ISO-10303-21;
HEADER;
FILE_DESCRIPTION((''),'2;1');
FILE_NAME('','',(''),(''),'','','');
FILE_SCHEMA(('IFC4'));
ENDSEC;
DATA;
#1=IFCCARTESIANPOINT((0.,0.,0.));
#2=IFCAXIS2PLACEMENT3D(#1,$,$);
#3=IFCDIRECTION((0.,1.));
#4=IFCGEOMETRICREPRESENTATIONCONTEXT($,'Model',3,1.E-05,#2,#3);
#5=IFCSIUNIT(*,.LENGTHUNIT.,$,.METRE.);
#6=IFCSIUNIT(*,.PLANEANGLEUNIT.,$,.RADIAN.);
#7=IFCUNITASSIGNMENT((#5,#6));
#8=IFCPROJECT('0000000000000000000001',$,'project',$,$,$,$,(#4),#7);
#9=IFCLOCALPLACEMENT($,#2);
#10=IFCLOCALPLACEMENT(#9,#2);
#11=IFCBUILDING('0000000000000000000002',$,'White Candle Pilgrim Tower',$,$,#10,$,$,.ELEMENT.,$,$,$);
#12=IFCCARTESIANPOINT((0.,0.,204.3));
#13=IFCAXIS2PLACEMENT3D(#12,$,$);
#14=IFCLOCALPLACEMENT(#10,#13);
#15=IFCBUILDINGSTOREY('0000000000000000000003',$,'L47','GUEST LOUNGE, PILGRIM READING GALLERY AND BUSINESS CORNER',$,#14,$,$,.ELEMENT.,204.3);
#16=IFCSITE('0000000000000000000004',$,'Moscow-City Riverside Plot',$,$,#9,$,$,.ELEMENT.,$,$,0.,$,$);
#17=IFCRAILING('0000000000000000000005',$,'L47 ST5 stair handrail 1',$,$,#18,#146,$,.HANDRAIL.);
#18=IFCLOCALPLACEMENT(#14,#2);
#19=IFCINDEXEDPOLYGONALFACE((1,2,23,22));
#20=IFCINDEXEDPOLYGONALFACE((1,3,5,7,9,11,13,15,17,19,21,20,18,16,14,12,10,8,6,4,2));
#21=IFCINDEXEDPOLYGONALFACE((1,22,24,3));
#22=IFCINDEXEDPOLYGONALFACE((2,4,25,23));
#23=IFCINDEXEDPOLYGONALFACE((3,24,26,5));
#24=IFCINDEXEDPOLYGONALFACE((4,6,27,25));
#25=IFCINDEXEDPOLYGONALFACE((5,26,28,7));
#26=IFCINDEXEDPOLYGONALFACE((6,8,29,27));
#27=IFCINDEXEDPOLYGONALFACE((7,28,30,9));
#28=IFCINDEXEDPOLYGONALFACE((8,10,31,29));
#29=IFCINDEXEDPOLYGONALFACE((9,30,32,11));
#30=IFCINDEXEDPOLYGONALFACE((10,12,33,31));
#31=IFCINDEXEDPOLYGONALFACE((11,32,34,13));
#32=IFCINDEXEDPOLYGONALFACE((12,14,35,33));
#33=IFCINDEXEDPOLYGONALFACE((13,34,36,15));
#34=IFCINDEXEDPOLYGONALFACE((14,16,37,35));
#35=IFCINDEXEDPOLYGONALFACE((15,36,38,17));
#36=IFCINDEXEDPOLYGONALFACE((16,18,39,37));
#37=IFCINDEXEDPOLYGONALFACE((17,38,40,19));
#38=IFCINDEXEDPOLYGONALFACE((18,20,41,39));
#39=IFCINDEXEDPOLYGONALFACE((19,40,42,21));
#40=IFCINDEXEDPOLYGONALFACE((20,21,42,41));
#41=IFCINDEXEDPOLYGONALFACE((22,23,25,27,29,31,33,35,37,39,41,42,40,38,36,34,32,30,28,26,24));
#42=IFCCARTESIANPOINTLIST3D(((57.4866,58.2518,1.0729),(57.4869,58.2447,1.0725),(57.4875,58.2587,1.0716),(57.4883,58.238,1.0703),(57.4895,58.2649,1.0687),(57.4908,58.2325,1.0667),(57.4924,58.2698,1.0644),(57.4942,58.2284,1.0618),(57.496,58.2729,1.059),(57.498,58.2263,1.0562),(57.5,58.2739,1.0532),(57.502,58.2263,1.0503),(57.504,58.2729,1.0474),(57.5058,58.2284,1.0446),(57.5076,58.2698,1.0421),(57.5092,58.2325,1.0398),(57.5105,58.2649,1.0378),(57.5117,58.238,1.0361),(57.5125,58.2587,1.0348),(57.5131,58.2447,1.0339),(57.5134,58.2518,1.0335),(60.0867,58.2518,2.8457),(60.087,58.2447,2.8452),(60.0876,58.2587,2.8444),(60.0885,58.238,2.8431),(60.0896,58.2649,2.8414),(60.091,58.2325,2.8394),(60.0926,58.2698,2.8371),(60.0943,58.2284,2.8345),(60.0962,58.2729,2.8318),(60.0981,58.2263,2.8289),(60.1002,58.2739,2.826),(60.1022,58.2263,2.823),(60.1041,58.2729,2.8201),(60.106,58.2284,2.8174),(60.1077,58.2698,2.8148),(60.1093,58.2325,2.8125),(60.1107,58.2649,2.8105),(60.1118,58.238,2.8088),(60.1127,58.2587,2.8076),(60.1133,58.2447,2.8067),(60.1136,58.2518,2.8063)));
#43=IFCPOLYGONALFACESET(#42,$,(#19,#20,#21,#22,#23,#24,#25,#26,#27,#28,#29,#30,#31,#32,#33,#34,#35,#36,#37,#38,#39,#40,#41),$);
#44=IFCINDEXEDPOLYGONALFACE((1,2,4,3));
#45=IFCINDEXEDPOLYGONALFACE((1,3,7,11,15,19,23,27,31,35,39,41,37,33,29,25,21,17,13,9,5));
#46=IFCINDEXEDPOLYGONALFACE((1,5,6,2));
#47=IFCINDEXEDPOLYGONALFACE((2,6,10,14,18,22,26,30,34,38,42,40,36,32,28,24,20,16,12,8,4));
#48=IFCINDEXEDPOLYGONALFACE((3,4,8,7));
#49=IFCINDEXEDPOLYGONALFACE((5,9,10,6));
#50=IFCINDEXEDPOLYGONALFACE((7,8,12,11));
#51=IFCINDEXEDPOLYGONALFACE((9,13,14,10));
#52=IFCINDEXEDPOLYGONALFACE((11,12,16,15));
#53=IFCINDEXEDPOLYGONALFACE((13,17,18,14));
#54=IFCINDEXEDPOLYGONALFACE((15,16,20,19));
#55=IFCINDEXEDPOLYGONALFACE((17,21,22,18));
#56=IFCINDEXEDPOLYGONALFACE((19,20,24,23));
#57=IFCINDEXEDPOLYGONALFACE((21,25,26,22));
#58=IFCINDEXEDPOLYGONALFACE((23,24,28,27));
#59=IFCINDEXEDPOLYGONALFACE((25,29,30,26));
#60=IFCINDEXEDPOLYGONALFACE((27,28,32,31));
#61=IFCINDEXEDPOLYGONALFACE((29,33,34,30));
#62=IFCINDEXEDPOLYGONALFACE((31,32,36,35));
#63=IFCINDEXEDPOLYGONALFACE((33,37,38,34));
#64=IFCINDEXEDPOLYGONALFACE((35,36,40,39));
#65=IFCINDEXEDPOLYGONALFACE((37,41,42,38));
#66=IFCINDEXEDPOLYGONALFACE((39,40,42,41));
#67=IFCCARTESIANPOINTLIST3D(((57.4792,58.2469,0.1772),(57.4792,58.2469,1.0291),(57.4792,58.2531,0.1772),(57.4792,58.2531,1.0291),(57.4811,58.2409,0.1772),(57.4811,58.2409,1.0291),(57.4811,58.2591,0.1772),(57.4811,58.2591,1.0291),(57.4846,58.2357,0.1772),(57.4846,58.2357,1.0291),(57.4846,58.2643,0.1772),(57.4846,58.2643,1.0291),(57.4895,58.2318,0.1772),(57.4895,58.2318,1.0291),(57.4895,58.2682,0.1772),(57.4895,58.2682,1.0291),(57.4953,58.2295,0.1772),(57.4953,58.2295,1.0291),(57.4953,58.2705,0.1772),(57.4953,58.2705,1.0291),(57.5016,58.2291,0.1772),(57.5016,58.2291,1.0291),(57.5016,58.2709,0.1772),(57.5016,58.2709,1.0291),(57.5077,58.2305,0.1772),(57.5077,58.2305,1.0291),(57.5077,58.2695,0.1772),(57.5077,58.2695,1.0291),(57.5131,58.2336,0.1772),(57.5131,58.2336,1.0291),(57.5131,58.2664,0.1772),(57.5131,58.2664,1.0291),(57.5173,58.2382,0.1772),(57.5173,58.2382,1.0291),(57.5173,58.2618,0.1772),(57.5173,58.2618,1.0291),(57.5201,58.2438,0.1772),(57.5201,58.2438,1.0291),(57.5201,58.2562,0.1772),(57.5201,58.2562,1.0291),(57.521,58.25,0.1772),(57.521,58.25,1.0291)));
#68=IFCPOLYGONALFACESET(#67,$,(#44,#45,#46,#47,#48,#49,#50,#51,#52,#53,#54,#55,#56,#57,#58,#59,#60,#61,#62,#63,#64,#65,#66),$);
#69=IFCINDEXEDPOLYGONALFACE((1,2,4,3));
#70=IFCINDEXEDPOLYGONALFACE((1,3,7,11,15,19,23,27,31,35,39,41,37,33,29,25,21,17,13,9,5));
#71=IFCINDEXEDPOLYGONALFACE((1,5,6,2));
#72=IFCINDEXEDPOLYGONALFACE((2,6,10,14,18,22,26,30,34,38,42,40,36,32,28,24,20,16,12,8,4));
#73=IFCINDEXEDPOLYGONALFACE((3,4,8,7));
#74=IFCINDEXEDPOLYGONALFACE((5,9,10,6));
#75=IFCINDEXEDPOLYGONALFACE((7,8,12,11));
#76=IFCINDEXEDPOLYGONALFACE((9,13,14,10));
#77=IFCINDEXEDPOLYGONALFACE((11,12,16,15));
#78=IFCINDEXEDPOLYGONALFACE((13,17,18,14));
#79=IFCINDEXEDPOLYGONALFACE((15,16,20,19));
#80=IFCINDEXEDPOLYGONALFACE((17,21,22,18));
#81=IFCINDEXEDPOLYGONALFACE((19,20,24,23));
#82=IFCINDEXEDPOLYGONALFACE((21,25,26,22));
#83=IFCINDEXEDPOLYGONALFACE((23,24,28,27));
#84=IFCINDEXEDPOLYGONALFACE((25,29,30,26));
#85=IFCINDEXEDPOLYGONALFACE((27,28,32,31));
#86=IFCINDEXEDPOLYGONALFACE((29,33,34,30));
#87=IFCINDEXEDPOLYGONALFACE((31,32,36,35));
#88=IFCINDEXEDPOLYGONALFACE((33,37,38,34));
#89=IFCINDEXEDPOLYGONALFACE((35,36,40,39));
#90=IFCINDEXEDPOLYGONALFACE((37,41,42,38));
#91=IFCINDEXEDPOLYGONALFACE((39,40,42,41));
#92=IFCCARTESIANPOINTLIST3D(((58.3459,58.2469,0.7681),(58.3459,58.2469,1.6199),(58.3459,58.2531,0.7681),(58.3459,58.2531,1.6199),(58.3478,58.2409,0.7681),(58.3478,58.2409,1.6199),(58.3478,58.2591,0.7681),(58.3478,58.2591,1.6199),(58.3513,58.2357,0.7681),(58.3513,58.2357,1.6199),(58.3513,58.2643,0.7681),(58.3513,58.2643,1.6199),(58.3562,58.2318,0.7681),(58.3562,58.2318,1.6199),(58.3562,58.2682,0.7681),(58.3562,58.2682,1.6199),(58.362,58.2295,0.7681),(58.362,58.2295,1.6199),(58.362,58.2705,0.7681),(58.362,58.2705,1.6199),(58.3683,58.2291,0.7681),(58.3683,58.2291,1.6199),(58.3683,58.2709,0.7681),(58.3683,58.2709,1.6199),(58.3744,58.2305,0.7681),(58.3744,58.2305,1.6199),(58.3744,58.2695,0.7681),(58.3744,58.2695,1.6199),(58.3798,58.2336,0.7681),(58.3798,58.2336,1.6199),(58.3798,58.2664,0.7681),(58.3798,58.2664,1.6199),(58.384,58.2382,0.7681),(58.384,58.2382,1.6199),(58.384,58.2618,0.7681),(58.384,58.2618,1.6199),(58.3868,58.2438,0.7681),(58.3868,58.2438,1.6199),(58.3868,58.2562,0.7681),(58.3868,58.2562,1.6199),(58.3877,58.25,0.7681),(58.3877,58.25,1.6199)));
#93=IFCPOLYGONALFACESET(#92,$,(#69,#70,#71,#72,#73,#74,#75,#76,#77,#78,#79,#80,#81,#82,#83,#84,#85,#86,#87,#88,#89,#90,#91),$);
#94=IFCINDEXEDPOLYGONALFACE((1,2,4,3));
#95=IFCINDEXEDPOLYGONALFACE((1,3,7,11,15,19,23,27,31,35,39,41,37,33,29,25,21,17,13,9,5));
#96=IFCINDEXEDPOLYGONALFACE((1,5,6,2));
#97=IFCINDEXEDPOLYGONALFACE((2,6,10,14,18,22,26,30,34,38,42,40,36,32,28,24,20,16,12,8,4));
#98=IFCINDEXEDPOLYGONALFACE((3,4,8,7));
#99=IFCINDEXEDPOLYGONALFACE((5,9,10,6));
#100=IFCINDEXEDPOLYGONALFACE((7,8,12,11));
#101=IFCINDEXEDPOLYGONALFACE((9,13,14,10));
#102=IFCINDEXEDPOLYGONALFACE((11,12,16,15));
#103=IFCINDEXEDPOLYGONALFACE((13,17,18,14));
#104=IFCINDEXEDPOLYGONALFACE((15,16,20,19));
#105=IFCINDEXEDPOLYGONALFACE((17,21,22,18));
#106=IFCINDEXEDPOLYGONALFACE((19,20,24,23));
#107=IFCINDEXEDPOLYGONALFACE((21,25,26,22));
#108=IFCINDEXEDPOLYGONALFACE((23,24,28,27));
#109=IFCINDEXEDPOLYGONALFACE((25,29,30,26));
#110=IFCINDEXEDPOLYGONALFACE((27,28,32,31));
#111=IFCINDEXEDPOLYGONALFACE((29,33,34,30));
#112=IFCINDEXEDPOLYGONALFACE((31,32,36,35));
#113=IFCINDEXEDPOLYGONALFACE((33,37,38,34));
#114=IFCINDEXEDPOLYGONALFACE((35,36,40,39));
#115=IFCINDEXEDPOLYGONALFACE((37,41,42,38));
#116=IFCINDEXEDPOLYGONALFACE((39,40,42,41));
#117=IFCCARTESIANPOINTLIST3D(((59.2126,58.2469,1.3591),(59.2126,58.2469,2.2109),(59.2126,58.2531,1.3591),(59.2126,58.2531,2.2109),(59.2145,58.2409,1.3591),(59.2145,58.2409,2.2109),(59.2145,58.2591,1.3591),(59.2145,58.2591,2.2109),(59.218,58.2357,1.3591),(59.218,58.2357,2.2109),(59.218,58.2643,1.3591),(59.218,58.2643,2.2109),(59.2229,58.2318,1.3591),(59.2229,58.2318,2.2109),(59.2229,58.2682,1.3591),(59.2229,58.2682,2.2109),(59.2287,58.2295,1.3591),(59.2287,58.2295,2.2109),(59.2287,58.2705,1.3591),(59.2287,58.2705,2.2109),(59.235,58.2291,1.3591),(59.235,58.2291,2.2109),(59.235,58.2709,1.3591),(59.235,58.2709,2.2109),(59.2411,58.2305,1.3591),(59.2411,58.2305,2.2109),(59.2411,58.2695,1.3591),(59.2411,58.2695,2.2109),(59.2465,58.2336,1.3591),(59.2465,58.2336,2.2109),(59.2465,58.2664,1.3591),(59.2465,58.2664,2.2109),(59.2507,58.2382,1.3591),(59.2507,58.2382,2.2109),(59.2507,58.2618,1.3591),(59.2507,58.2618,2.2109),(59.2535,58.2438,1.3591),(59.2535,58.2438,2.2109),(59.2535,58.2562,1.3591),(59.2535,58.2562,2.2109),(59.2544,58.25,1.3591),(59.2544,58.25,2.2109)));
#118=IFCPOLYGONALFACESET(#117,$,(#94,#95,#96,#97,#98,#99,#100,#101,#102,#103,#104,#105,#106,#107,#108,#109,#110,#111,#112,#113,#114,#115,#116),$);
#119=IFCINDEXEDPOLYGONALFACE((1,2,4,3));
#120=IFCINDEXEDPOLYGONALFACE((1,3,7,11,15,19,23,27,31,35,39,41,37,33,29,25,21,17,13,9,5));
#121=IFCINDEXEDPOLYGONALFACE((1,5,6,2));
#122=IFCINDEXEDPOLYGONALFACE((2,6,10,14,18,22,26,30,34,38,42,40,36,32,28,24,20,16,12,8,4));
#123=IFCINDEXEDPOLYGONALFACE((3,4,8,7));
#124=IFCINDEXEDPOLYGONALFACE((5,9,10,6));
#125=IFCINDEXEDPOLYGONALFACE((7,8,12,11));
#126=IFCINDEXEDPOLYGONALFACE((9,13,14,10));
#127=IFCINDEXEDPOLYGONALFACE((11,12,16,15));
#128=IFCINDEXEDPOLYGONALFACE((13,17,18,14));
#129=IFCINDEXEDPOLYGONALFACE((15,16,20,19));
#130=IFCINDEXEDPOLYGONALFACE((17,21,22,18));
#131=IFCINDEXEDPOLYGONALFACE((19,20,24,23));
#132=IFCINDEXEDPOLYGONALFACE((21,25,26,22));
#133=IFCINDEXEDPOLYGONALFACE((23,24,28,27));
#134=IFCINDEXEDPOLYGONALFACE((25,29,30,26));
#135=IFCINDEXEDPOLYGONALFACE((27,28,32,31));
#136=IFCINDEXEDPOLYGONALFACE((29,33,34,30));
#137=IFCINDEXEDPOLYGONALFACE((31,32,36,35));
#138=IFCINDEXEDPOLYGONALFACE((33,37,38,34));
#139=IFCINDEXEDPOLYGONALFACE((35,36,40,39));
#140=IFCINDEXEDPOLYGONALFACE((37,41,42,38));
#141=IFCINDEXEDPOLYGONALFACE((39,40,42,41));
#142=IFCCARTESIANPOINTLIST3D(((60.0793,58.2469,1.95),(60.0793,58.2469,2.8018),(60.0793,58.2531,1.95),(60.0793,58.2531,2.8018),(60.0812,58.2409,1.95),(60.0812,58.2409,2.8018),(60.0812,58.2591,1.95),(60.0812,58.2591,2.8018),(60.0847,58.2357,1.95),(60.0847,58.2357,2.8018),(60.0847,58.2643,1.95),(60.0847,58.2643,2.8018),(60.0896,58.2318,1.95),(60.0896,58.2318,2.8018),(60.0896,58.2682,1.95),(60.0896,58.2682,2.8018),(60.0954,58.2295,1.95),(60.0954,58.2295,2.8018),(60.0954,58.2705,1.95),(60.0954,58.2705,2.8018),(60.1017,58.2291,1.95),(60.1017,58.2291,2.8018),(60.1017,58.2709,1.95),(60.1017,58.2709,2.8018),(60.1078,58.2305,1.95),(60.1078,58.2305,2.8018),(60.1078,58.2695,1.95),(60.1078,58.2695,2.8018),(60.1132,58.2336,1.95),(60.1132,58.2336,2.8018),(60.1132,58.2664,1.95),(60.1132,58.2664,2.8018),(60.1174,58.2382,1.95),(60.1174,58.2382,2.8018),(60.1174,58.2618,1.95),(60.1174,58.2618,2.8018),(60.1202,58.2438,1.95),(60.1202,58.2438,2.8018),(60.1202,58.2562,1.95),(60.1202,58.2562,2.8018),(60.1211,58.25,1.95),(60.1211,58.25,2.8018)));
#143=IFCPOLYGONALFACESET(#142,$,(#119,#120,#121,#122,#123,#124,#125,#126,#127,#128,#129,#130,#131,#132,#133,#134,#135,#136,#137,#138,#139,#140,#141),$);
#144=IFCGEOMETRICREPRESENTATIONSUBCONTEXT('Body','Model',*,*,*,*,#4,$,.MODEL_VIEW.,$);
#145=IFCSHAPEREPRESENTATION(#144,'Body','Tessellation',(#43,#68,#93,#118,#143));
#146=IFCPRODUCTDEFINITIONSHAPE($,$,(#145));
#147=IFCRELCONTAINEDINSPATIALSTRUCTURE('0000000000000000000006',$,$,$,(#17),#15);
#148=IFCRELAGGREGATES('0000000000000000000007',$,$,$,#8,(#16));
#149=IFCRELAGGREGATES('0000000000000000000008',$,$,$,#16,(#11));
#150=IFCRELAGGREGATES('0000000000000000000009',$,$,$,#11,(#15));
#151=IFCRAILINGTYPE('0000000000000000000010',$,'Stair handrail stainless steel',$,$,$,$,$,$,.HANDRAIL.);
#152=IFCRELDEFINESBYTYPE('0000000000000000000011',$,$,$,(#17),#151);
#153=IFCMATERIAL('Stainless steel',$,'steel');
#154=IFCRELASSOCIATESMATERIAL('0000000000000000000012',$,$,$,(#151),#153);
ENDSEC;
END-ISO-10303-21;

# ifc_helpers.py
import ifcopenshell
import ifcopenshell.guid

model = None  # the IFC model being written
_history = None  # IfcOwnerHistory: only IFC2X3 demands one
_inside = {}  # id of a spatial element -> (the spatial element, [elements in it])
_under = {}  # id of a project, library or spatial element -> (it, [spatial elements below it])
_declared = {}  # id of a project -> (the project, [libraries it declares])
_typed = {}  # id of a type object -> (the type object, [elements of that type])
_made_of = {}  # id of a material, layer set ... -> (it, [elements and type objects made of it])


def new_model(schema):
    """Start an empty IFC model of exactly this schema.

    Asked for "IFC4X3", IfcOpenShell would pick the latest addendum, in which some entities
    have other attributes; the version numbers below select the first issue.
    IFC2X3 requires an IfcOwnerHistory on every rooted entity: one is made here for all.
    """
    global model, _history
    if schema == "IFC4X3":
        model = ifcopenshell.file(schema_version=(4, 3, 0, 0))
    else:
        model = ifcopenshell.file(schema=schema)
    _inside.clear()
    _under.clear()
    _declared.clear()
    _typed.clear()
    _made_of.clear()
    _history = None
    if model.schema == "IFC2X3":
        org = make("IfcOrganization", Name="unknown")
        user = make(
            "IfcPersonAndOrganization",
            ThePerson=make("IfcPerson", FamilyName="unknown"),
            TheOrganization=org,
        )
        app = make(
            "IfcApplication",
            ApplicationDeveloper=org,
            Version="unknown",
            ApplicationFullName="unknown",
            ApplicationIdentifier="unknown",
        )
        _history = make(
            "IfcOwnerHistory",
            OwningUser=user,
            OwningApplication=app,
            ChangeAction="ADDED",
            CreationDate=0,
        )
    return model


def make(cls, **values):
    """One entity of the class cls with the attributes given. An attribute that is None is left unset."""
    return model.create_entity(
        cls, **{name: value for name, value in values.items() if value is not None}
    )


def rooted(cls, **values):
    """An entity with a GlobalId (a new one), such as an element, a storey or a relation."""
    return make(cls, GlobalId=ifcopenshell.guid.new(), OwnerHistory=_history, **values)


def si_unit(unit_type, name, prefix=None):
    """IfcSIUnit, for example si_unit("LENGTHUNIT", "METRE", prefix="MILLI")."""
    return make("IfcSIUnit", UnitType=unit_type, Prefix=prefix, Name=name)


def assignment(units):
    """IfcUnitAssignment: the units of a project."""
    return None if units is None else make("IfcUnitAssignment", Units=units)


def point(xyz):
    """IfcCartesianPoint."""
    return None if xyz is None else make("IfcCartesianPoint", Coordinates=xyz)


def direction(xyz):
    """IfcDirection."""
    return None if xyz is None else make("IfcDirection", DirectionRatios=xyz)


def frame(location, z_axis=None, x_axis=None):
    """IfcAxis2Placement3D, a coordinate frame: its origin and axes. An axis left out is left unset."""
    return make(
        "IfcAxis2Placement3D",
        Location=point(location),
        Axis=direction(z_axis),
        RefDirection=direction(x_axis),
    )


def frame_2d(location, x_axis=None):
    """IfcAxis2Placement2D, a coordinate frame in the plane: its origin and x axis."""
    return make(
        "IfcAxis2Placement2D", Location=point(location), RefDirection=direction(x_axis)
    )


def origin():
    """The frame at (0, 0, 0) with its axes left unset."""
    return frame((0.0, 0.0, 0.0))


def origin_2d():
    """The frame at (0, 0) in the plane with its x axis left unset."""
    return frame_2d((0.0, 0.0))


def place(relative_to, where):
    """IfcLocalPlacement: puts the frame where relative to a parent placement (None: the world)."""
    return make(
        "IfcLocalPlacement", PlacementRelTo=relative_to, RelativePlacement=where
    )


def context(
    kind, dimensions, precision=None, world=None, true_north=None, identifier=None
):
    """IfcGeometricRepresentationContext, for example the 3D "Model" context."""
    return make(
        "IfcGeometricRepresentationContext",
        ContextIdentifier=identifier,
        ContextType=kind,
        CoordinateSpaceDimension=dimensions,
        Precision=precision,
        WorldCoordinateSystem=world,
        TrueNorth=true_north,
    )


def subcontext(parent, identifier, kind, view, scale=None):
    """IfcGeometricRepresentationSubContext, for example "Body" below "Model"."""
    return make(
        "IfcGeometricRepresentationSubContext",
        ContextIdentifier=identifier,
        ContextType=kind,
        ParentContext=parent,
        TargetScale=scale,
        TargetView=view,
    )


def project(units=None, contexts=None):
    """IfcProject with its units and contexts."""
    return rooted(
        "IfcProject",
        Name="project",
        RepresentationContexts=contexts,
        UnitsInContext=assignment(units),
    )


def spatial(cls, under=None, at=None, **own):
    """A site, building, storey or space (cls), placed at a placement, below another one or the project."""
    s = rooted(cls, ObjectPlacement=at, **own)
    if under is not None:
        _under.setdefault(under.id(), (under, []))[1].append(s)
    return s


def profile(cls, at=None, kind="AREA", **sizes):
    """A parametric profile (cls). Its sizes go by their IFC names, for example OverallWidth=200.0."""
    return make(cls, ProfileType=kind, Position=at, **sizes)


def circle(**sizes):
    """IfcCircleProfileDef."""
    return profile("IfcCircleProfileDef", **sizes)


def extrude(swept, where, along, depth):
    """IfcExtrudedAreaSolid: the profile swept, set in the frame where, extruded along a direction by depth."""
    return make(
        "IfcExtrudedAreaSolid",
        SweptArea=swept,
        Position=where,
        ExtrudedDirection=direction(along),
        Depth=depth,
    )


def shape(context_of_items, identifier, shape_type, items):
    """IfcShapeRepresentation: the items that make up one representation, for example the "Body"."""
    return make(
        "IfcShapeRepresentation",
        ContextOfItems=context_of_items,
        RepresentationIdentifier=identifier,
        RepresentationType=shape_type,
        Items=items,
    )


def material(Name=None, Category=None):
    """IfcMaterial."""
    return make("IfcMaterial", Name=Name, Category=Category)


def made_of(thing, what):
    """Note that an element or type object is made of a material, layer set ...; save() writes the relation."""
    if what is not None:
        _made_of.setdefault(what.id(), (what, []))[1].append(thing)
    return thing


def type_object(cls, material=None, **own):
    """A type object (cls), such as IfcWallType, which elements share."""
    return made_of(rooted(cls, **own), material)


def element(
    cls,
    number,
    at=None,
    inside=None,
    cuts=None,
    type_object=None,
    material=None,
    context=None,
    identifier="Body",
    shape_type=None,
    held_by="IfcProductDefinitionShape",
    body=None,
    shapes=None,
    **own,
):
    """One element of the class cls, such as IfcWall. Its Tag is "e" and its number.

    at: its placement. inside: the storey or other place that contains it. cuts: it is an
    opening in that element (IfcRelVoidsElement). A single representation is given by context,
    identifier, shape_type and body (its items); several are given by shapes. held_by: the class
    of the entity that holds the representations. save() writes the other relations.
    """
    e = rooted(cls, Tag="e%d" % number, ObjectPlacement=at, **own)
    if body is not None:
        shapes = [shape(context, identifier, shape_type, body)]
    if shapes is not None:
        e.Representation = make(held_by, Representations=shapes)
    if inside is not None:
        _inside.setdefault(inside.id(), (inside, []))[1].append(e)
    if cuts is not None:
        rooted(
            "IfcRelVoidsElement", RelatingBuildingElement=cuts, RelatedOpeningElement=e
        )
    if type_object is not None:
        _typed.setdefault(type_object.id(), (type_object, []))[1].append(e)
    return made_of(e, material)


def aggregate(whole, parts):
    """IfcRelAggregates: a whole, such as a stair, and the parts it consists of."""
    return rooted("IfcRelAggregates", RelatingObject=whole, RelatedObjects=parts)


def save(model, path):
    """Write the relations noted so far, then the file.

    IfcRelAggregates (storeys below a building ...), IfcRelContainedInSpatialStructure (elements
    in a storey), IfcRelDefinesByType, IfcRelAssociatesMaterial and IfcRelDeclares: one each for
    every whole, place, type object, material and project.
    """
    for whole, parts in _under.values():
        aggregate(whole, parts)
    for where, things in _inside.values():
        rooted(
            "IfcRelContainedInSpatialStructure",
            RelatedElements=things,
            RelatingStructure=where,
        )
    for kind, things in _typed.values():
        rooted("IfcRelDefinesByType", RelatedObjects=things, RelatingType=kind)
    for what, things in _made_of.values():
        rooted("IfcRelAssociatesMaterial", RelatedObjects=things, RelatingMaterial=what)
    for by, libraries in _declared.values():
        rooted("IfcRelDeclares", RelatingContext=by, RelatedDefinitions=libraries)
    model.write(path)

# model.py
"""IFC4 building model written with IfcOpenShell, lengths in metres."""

from ifc_helpers import new_model, si_unit, direction, frame, origin, origin_2d, place, context, subcontext, project, spatial, circle, extrude, material, type_object, element, save


model = new_model("IFC4")

# Units and contexts
model_context = context("Model", 3, precision=1e-05, world=origin(), true_north=direction((0.0, 1.0)))
body_context = subcontext(model_context, "Body", "Model", "MODEL_VIEW")
ifc_project = project(units=[si_unit("LENGTHUNIT", "METRE"), si_unit("PLANEANGLEUNIT", "RADIAN")], contexts=[model_context])

# Site, building, storey
site_placement = place(None, origin())
site = spatial("IfcSite", under=ifc_project, at=site_placement, Name="Moscow-City Riverside Plot", CompositionType="ELEMENT", RefElevation=0.0)
building_placement = place(site_placement, origin())
building = spatial("IfcBuilding", under=site, at=building_placement, Name="White Candle Pilgrim Tower", CompositionType="ELEMENT")
storey_placement = place(building_placement, frame((0.0, 0.0, 204.3)))
storey = spatial("IfcBuildingStorey", under=building, at=storey_placement, Name="L47", Description="GUEST LOUNGE, PILGRIM READING GALLERY AND BUSINESS CORNER", CompositionType="ELEMENT", Elevation=204.3)

# Railing
ifc_material_1 = material(Name="Stainless steel", Category="steel")
railing_type_1 = type_object("IfcRailingType", Name="Stair handrail stainless steel", PredefinedType="HANDRAIL", material=ifc_material_1)
railing_1_placement = place(storey_placement, frame((57.5, 58.25, 0.1772)))
element("IfcRailing", 1, at=railing_1_placement, inside=storey, type_object=railing_type_1, Name="L47 ST5 stair handrail 1", PredefinedType="HANDRAIL", context=body_context, shape_type="SweptSolid", body=[
    extrude(circle(Radius=0.0239, at=origin_2d()), frame((0.0, 0.0, 0.876), z_axis=(0.82624, 0.0, 0.563318), x_axis=(0.0, 1.0, 0.0)), (0.0, 0.0, 1.0), 3.147),
    extrude(circle(Radius=0.021, at=origin_2d()), origin(), (0.0, 0.0, 1.0), 0.8518),
    extrude(circle(Radius=0.021, at=origin_2d()), frame((0.8667, 0.0, 0.5908)), (0.0, 0.0, 1.0), 0.8518),
    extrude(circle(Radius=0.021, at=origin_2d()), frame((1.7334, 0.0, 1.1819)), (0.0, 0.0, 1.0), 0.8518),
    extrude(circle(Radius=0.021, at=origin_2d()), frame((2.6001, 0.0, 1.7727)), (0.0, 0.0, 1.0), 0.8518),
])

save(model, "model.ifc")
